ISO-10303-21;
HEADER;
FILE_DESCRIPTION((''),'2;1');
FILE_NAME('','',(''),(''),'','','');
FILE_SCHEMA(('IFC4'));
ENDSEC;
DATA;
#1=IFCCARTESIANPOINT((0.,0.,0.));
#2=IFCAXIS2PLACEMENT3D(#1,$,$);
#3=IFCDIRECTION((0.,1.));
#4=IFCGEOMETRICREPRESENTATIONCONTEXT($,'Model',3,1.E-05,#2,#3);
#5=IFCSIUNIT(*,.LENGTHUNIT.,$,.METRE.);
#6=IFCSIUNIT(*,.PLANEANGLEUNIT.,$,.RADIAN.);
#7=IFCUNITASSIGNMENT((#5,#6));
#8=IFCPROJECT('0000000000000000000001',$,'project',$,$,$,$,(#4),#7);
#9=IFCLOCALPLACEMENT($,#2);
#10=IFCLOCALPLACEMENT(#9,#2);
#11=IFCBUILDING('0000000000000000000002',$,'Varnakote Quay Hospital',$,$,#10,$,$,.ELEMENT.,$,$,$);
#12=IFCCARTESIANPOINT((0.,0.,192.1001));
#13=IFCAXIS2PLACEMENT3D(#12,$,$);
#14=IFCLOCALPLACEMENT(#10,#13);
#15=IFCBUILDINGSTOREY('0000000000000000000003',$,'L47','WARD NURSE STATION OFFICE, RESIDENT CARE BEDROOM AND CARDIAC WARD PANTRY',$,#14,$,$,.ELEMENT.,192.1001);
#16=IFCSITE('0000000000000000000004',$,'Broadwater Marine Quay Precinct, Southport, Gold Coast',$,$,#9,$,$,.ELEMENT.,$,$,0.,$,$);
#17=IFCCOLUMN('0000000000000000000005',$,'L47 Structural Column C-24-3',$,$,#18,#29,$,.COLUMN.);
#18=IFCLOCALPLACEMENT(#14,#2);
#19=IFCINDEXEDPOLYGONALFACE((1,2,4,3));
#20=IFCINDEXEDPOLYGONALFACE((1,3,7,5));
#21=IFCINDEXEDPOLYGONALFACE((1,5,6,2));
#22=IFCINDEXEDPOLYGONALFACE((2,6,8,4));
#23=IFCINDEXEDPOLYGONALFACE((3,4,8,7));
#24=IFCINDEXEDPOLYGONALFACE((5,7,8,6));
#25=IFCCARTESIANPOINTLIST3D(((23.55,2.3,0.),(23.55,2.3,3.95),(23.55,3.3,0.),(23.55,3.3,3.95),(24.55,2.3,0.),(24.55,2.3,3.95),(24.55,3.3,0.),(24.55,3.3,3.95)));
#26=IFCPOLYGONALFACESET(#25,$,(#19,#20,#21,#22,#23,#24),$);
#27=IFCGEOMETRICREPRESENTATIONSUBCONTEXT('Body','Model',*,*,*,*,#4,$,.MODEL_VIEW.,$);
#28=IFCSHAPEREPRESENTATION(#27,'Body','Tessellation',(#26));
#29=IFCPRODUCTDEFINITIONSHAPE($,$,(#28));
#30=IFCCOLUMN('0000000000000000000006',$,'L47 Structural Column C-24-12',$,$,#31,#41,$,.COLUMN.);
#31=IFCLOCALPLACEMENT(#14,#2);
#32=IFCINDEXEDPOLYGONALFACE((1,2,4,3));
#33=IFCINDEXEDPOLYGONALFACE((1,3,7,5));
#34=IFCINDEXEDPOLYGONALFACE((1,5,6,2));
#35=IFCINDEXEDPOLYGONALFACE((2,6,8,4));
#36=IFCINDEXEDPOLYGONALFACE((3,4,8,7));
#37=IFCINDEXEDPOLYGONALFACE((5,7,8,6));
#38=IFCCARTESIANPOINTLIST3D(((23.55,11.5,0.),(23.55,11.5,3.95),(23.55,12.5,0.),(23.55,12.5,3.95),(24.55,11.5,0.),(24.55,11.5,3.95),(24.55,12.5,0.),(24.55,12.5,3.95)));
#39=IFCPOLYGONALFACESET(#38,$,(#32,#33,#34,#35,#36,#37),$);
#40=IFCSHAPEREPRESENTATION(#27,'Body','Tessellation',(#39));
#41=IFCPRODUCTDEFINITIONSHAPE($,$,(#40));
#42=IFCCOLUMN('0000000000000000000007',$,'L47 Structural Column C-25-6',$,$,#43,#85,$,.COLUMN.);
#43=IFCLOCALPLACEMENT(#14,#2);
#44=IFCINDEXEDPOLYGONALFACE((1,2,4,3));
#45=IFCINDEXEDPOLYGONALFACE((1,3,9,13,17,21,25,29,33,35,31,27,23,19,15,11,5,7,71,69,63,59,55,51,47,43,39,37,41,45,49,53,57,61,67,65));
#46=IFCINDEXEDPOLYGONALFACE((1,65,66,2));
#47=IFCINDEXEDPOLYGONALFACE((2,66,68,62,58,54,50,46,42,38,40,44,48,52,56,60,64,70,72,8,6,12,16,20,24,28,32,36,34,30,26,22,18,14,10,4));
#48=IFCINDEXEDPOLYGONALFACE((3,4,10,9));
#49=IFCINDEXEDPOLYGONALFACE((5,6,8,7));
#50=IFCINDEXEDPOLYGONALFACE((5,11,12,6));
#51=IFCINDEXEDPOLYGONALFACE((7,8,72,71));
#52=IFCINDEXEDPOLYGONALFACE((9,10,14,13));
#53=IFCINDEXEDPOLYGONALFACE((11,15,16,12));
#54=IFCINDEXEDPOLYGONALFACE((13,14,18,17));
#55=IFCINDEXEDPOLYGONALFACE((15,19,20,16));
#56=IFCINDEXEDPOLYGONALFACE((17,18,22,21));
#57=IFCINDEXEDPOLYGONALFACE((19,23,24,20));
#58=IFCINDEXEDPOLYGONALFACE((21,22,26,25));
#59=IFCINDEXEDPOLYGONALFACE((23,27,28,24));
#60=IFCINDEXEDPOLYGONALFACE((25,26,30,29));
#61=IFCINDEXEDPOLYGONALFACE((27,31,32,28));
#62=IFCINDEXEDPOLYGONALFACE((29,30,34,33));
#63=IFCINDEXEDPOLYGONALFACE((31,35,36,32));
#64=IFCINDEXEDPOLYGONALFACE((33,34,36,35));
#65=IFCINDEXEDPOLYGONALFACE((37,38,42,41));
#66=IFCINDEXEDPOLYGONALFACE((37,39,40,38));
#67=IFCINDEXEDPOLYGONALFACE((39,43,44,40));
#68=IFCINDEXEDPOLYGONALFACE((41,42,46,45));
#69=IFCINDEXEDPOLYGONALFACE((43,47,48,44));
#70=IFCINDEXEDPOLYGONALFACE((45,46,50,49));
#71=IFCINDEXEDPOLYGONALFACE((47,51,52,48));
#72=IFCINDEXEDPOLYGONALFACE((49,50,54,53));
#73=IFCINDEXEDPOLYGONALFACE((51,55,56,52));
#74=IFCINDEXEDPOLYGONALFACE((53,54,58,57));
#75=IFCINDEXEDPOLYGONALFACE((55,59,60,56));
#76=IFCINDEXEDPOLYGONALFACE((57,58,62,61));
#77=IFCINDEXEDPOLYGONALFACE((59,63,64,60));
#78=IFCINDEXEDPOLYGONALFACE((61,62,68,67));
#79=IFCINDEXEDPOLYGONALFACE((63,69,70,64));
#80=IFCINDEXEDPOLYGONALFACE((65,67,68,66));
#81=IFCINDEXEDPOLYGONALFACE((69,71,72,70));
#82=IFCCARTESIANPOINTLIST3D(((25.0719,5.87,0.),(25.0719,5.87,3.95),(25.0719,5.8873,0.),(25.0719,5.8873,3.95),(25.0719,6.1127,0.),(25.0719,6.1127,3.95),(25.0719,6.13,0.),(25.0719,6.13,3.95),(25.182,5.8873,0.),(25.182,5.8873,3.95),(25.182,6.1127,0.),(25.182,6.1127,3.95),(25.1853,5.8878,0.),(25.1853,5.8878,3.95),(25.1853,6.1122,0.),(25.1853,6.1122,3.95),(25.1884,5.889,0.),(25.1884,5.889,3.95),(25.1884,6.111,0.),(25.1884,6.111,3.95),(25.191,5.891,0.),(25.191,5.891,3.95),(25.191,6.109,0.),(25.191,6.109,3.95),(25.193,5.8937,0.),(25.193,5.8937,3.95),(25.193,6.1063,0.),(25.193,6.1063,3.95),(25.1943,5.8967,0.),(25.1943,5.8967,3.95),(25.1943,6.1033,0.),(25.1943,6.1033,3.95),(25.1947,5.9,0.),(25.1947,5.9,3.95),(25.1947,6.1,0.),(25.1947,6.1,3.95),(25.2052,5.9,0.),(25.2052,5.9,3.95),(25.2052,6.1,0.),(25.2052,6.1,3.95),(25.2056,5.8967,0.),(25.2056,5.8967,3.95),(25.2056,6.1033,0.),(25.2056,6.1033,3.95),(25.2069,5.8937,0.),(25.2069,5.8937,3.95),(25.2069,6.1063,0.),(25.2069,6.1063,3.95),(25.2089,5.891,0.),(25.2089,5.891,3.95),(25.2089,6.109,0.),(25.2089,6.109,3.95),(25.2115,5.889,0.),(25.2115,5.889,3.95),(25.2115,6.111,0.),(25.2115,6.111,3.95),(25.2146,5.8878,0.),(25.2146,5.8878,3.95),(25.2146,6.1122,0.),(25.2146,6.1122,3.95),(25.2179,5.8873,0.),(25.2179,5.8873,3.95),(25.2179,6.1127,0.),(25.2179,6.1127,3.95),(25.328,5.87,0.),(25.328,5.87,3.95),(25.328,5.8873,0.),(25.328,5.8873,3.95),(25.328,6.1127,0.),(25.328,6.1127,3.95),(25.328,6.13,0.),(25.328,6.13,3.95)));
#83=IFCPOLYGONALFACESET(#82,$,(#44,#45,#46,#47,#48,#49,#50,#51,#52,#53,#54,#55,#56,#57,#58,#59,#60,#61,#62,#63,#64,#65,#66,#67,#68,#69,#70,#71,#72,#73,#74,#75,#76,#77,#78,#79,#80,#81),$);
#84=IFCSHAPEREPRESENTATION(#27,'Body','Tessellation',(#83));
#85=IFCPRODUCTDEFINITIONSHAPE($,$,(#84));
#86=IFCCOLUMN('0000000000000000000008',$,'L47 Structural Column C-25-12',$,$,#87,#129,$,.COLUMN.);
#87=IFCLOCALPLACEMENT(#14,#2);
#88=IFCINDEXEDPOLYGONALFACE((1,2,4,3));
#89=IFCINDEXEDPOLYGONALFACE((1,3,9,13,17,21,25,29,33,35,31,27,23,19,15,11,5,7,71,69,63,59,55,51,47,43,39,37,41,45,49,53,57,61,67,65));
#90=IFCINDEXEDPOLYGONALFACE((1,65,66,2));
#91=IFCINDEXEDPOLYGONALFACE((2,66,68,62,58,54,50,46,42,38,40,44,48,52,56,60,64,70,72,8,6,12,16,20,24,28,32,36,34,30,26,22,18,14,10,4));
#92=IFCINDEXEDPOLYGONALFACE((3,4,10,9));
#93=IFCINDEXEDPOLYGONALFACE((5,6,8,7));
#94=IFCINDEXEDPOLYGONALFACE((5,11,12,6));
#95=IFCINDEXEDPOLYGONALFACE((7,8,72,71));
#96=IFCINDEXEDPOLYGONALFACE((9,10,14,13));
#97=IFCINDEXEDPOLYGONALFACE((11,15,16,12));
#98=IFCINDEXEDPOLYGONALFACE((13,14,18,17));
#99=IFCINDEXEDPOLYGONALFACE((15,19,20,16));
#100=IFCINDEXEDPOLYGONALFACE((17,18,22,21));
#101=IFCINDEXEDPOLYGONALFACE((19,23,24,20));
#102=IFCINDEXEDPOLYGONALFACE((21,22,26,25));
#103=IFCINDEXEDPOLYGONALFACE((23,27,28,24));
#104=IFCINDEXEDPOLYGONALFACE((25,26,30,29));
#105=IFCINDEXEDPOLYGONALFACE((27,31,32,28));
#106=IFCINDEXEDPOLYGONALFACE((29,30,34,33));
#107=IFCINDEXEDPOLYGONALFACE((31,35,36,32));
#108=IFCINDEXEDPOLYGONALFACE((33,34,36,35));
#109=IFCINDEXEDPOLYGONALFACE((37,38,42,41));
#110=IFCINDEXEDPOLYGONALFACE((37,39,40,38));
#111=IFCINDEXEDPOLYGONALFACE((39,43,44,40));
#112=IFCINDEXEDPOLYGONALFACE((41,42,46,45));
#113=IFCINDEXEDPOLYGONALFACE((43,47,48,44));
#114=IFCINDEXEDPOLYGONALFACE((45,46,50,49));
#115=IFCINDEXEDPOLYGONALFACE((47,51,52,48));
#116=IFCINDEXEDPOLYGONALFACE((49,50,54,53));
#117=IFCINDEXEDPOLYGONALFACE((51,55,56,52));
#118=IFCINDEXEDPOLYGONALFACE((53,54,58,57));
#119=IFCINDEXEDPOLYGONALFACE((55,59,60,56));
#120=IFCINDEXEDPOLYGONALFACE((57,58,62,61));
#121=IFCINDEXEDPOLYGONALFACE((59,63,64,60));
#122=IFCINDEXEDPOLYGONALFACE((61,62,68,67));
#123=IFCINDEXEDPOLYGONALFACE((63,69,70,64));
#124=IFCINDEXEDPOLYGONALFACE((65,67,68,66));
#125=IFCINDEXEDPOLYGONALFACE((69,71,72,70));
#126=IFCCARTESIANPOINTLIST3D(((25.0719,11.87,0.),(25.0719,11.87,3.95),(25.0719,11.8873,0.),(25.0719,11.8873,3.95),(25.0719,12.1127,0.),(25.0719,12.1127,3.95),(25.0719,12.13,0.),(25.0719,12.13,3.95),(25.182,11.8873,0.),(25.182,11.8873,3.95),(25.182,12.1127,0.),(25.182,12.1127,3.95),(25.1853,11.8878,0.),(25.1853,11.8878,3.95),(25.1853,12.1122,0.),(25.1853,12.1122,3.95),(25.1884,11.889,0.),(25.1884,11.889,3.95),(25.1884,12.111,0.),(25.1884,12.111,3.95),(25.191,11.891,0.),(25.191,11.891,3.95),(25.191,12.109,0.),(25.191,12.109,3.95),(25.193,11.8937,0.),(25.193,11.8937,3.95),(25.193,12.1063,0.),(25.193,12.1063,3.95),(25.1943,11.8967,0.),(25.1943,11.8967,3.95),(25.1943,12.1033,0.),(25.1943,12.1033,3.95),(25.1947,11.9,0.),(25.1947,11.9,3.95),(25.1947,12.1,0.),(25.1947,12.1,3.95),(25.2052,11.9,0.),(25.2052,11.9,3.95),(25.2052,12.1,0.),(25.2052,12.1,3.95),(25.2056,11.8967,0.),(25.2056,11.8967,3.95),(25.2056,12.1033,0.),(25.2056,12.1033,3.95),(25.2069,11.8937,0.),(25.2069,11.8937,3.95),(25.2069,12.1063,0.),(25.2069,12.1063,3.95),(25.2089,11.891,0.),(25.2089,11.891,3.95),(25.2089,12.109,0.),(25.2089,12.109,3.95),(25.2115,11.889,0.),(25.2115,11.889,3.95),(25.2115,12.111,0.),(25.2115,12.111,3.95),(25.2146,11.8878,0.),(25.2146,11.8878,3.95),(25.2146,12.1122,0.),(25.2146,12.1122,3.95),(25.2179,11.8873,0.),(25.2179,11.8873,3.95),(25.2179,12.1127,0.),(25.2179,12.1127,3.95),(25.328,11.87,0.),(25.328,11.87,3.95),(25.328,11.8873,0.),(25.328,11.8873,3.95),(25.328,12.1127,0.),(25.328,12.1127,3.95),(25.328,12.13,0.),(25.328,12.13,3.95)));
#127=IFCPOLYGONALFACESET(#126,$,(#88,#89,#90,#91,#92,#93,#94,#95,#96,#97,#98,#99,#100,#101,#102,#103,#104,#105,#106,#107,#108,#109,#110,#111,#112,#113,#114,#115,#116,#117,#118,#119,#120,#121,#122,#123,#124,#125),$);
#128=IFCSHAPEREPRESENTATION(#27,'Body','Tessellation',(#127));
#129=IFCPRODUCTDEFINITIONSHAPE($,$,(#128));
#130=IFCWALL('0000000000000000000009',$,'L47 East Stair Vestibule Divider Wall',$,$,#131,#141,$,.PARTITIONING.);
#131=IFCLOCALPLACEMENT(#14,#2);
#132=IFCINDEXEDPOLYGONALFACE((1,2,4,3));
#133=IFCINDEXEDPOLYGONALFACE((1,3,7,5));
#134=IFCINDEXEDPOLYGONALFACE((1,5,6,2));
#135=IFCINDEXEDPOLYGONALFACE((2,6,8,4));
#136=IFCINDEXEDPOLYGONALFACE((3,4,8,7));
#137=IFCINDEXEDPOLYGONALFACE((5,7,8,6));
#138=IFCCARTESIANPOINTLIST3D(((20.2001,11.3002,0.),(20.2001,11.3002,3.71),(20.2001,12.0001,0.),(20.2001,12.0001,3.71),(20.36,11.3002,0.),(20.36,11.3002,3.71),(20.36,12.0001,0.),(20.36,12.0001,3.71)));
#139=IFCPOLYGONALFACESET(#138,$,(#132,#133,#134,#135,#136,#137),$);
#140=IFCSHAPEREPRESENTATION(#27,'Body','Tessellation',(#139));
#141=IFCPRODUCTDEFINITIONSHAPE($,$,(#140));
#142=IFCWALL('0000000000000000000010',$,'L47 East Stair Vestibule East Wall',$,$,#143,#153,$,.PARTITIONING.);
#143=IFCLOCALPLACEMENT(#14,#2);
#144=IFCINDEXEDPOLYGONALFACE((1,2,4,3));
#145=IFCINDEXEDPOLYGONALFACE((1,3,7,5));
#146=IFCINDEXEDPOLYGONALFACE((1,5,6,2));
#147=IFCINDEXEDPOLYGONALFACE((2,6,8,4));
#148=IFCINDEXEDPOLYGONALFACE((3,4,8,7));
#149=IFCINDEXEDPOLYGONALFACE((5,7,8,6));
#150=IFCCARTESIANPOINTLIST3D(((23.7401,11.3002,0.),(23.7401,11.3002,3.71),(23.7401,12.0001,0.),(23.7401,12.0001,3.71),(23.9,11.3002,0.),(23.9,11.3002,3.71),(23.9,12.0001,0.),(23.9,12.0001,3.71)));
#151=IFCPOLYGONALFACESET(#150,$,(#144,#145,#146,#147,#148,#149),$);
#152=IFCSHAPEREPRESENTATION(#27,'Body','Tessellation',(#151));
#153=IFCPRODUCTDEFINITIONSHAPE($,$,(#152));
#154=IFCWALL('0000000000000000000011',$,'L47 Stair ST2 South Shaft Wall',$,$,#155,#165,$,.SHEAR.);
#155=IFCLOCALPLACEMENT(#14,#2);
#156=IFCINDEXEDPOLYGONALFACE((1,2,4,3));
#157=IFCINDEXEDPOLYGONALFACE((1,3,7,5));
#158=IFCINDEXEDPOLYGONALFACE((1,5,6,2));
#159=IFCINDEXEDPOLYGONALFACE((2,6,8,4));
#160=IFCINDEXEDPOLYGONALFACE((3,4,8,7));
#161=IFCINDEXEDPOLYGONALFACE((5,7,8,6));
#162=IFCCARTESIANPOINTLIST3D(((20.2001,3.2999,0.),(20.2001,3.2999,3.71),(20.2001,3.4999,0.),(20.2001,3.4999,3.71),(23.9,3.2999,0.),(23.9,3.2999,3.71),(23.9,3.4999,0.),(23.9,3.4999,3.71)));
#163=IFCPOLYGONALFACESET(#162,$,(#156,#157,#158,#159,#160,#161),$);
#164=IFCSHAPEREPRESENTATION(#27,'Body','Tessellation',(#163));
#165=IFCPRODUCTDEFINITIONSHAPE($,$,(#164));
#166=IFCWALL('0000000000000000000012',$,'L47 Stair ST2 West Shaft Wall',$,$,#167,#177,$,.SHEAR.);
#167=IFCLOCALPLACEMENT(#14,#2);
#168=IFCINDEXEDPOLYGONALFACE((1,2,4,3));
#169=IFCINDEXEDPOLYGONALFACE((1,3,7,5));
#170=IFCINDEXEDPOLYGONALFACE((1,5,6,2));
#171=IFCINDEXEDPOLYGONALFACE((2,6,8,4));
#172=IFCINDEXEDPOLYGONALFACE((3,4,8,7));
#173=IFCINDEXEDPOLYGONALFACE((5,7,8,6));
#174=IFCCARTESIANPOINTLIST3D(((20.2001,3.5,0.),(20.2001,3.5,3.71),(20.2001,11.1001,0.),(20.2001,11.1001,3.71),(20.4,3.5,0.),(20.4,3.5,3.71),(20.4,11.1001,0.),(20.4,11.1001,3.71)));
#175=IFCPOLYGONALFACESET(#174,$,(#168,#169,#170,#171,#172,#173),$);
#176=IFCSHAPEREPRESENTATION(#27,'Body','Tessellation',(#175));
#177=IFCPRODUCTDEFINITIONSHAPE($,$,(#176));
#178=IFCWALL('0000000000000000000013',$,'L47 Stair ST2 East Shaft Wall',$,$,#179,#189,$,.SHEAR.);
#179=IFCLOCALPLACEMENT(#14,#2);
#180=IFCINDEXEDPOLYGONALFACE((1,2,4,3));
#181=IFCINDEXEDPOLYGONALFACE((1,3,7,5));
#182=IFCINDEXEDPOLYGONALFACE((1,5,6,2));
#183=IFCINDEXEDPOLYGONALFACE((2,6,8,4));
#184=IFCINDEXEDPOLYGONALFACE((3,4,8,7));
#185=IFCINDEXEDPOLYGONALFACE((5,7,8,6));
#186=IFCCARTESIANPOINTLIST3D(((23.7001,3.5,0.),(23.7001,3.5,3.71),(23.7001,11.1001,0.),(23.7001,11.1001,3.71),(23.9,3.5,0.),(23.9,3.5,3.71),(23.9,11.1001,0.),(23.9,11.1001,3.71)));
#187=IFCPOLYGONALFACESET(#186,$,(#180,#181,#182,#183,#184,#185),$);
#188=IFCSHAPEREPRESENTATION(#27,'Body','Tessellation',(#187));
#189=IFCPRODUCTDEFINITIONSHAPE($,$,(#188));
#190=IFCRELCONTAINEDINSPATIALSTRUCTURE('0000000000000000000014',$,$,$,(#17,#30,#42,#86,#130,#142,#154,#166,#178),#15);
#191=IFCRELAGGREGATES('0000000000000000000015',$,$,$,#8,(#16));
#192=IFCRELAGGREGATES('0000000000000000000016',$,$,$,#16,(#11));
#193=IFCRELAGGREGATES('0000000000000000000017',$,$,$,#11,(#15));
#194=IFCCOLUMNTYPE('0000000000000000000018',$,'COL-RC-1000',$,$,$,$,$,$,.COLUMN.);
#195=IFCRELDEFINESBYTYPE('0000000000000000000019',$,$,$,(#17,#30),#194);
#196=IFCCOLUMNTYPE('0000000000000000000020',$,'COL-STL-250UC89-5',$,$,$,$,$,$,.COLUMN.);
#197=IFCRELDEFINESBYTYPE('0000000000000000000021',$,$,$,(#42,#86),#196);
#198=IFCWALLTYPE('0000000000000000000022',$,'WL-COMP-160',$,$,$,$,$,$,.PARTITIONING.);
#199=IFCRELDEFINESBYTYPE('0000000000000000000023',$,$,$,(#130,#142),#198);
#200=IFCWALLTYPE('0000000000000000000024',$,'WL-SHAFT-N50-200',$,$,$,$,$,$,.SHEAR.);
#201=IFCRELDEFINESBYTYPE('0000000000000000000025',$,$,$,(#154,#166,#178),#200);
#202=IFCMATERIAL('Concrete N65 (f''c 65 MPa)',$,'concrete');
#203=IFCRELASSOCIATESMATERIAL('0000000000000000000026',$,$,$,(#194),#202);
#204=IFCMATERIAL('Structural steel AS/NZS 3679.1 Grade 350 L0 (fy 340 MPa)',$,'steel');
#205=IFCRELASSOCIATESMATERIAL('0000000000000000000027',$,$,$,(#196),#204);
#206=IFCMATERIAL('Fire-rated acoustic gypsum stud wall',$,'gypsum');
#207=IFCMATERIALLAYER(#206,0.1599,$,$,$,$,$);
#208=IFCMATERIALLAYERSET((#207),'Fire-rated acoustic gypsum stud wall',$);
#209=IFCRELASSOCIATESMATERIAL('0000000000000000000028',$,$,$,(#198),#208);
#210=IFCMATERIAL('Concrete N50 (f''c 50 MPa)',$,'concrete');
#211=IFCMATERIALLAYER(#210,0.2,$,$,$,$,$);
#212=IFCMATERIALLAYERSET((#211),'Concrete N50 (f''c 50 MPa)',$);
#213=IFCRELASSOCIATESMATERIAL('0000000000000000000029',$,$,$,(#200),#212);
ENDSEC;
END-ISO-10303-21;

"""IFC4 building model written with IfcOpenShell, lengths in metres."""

from ifc_helpers import new_model, si_unit, direction, frame, frame_2d, origin, origin_2d, place, context, subcontext, project, spatial, rectangle, i_section, extrude, material, layer, layer_set, material_profile, profile_set, type_object, element, save


model = new_model("IFC4")

# Units and contexts
model_context = context("Model", 3, precision=1e-05, world=origin(), true_north=direction((0.0, 1.0)))
body_context = subcontext(model_context, "Body", "Model", "MODEL_VIEW")
ifc_project = project(units=[si_unit("LENGTHUNIT", "METRE"), si_unit("PLANEANGLEUNIT", "RADIAN")], contexts=[model_context])

# Site, building, storey
site_placement = place(None, origin())
site = spatial("IfcSite", under=ifc_project, at=site_placement, Name="Broadwater Marine Quay Precinct, Southport, Gold Coast", CompositionType="ELEMENT", RefElevation=0.0)
building_placement = place(site_placement, origin())
building = spatial("IfcBuilding", under=site, at=building_placement, Name="Varnakote Quay Hospital", CompositionType="ELEMENT")
storey_placement = place(building_placement, frame((0.0, 0.0, 192.1001)))
storey = spatial("IfcBuildingStorey", under=building, at=storey_placement, Name="L47", Description="WARD NURSE STATION OFFICE, RESIDENT CARE BEDROOM AND CARDIAC WARD PANTRY", CompositionType="ELEMENT", Elevation=192.1001)

# Columns
ifc_material_1 = material(Name="Concrete N65 (f'c 65 MPa)", Category="concrete")
ifc_material_profile_1 = material_profile(ifc_material_1, rectangle(XDim=1.0, YDim=1.0, at=origin_2d()), Name="RC-COL-1000x1000")
ifc_profile_set_1 = profile_set([ifc_material_profile_1], Name="Concrete N65 (f'c 65 MPa)")
column_type_1 = type_object("IfcColumnType", Name="COL-RC-1000", PredefinedType="COLUMN", material=ifc_profile_set_1)
for number, where, z_axis, x_axis, name in (
    (1, (24.05, 2.8, 0.0), (0.0, 0.0, 1.0), (1.0, 0.0, 0.0), "L47 Structural Column C-24-3"),
    (2, (24.05, 12.0, 0.0), (0.0, 0.0, 1.0), (1.0, 0.0, 0.0), "L47 Structural Column C-24-12"),
):
    element("IfcColumn", number, at=place(storey_placement, frame(where, z_axis=z_axis, x_axis=x_axis)), inside=storey, type_object=column_type_1, Name=name, PredefinedType="COLUMN", context=body_context, shape_type="SweptSolid", body=[
        extrude(rectangle(XDim=1.0, YDim=1.0, at=origin_2d()), origin(), (0.0, 0.0, 1.0), 3.95),
    ])
ifc_material_2 = material(Name="Structural steel AS/NZS 3679.1 Grade 350 L0 (fy 340 MPa)", Category="steel")
ifc_material_profile_2 = material_profile(ifc_material_2, i_section(OverallWidth=0.2561, OverallDepth=0.26, WebThickness=0.0105, FlangeThickness=0.0173, FilletRadius=0.0127, at=origin_2d()), Name="250UC89.5")
ifc_profile_set_2 = profile_set([ifc_material_profile_2], Name="Structural steel AS/NZS 3679.1 Grade 350 L0 (fy 340 MPa)")
column_type_2 = type_object("IfcColumnType", Name="COL-STL-250UC89-5", PredefinedType="COLUMN", material=ifc_profile_set_2)
for number, where, z_axis, x_axis, name in (
    (3, (25.2, 6.0, 0.0), (0.0, 0.0, 1.0), (1.0, 0.0, 0.0), "L47 Structural Column C-25-6"),
    (4, (25.2, 12.0, 0.0), (0.0, 0.0, 1.0), (1.0, 0.0, 0.0), "L47 Structural Column C-25-12"),
):
    element("IfcColumn", number, at=place(storey_placement, frame(where, z_axis=z_axis, x_axis=x_axis)), inside=storey, type_object=column_type_2, Name=name, PredefinedType="COLUMN", context=body_context, shape_type="SweptSolid", body=[
        extrude(i_section(OverallWidth=0.2561, OverallDepth=0.26, WebThickness=0.0105, FlangeThickness=0.0173, FilletRadius=0.0127, at=origin_2d()), origin(), (0.0, 0.0, 1.0), 3.95),
    ])

# Walls
ifc_material_3 = material(Name="Fire-rated acoustic gypsum stud wall", Category="gypsum")
ifc_layer_1 = layer(ifc_material_3, 0.1599)
ifc_layer_set_1 = layer_set([ifc_layer_1], Name="Fire-rated acoustic gypsum stud wall")
wall_type_1 = type_object("IfcWallType", Name="WL-COMP-160", PredefinedType="PARTITIONING", material=ifc_layer_set_1)
for number, where, z_axis, x_axis, name in (
    (5, (20.28, 11.3, 0.0), (0.0, 0.0, 1.0), (0.0, 1.0, 0.0), "L47 East Stair Vestibule Divider Wall"),
    (6, (23.8201, 11.3, 0.0), (0.0, 0.0, 1.0), (0.0, 1.0, 0.0), "L47 East Stair Vestibule East Wall"),
):
    element("IfcWall", number, at=place(storey_placement, frame(where, z_axis=z_axis, x_axis=x_axis)), inside=storey, type_object=wall_type_1, Name=name, PredefinedType="PARTITIONING", context=body_context, shape_type="SweptSolid", body=[
        extrude(rectangle(XDim=0.7, YDim=0.1599, at=frame_2d((0.3501, 0.0))), origin(), (0.0, 0.0, 1.0), 3.71),
    ])
ifc_material_4 = material(Name="Concrete N50 (f'c 50 MPa)", Category="concrete")
ifc_layer_2 = layer(ifc_material_4, 0.2)
ifc_layer_set_2 = layer_set([ifc_layer_2], Name="Concrete N50 (f'c 50 MPa)")
wall_type_2 = type_object("IfcWallType", Name="WL-SHAFT-N50-200", PredefinedType="SHEAR", material=ifc_layer_set_2)
wall_1_placement = place(storey_placement, frame((20.2, 3.3999, 0.0), z_axis=(0.0, 0.0, 1.0), x_axis=(1.0, 0.0, 0.0)))
element("IfcWall", 7, at=wall_1_placement, inside=storey, type_object=wall_type_2, Name="L47 Stair ST2 South Shaft Wall", PredefinedType="SHEAR", context=body_context, shape_type="SweptSolid", body=[
    extrude(rectangle(XDim=3.7, YDim=0.2, at=frame_2d((1.8501, 0.0))), origin(), (0.0, 0.0, 1.0), 3.71),
])
for number, where, z_axis, x_axis, name in (
    (8, (20.3, 3.5, 0.0), (0.0, 0.0, 1.0), (0.0, 1.0, 0.0), "L47 Stair ST2 West Shaft Wall"),
    (9, (23.8, 3.5, 0.0), (0.0, 0.0, 1.0), (0.0, 1.0, 0.0), "L47 Stair ST2 East Shaft Wall"),
):
    element("IfcWall", number, at=place(storey_placement, frame(where, z_axis=z_axis, x_axis=x_axis)), inside=storey, type_object=wall_type_2, Name=name, PredefinedType="SHEAR", context=body_context, shape_type="SweptSolid", body=[
        extrude(rectangle(XDim=7.6001, YDim=0.2, at=frame_2d((3.8, 0.0))), origin(), (0.0, 0.0, 1.0), 3.71),
    ])

save(model, "model.ifc")
